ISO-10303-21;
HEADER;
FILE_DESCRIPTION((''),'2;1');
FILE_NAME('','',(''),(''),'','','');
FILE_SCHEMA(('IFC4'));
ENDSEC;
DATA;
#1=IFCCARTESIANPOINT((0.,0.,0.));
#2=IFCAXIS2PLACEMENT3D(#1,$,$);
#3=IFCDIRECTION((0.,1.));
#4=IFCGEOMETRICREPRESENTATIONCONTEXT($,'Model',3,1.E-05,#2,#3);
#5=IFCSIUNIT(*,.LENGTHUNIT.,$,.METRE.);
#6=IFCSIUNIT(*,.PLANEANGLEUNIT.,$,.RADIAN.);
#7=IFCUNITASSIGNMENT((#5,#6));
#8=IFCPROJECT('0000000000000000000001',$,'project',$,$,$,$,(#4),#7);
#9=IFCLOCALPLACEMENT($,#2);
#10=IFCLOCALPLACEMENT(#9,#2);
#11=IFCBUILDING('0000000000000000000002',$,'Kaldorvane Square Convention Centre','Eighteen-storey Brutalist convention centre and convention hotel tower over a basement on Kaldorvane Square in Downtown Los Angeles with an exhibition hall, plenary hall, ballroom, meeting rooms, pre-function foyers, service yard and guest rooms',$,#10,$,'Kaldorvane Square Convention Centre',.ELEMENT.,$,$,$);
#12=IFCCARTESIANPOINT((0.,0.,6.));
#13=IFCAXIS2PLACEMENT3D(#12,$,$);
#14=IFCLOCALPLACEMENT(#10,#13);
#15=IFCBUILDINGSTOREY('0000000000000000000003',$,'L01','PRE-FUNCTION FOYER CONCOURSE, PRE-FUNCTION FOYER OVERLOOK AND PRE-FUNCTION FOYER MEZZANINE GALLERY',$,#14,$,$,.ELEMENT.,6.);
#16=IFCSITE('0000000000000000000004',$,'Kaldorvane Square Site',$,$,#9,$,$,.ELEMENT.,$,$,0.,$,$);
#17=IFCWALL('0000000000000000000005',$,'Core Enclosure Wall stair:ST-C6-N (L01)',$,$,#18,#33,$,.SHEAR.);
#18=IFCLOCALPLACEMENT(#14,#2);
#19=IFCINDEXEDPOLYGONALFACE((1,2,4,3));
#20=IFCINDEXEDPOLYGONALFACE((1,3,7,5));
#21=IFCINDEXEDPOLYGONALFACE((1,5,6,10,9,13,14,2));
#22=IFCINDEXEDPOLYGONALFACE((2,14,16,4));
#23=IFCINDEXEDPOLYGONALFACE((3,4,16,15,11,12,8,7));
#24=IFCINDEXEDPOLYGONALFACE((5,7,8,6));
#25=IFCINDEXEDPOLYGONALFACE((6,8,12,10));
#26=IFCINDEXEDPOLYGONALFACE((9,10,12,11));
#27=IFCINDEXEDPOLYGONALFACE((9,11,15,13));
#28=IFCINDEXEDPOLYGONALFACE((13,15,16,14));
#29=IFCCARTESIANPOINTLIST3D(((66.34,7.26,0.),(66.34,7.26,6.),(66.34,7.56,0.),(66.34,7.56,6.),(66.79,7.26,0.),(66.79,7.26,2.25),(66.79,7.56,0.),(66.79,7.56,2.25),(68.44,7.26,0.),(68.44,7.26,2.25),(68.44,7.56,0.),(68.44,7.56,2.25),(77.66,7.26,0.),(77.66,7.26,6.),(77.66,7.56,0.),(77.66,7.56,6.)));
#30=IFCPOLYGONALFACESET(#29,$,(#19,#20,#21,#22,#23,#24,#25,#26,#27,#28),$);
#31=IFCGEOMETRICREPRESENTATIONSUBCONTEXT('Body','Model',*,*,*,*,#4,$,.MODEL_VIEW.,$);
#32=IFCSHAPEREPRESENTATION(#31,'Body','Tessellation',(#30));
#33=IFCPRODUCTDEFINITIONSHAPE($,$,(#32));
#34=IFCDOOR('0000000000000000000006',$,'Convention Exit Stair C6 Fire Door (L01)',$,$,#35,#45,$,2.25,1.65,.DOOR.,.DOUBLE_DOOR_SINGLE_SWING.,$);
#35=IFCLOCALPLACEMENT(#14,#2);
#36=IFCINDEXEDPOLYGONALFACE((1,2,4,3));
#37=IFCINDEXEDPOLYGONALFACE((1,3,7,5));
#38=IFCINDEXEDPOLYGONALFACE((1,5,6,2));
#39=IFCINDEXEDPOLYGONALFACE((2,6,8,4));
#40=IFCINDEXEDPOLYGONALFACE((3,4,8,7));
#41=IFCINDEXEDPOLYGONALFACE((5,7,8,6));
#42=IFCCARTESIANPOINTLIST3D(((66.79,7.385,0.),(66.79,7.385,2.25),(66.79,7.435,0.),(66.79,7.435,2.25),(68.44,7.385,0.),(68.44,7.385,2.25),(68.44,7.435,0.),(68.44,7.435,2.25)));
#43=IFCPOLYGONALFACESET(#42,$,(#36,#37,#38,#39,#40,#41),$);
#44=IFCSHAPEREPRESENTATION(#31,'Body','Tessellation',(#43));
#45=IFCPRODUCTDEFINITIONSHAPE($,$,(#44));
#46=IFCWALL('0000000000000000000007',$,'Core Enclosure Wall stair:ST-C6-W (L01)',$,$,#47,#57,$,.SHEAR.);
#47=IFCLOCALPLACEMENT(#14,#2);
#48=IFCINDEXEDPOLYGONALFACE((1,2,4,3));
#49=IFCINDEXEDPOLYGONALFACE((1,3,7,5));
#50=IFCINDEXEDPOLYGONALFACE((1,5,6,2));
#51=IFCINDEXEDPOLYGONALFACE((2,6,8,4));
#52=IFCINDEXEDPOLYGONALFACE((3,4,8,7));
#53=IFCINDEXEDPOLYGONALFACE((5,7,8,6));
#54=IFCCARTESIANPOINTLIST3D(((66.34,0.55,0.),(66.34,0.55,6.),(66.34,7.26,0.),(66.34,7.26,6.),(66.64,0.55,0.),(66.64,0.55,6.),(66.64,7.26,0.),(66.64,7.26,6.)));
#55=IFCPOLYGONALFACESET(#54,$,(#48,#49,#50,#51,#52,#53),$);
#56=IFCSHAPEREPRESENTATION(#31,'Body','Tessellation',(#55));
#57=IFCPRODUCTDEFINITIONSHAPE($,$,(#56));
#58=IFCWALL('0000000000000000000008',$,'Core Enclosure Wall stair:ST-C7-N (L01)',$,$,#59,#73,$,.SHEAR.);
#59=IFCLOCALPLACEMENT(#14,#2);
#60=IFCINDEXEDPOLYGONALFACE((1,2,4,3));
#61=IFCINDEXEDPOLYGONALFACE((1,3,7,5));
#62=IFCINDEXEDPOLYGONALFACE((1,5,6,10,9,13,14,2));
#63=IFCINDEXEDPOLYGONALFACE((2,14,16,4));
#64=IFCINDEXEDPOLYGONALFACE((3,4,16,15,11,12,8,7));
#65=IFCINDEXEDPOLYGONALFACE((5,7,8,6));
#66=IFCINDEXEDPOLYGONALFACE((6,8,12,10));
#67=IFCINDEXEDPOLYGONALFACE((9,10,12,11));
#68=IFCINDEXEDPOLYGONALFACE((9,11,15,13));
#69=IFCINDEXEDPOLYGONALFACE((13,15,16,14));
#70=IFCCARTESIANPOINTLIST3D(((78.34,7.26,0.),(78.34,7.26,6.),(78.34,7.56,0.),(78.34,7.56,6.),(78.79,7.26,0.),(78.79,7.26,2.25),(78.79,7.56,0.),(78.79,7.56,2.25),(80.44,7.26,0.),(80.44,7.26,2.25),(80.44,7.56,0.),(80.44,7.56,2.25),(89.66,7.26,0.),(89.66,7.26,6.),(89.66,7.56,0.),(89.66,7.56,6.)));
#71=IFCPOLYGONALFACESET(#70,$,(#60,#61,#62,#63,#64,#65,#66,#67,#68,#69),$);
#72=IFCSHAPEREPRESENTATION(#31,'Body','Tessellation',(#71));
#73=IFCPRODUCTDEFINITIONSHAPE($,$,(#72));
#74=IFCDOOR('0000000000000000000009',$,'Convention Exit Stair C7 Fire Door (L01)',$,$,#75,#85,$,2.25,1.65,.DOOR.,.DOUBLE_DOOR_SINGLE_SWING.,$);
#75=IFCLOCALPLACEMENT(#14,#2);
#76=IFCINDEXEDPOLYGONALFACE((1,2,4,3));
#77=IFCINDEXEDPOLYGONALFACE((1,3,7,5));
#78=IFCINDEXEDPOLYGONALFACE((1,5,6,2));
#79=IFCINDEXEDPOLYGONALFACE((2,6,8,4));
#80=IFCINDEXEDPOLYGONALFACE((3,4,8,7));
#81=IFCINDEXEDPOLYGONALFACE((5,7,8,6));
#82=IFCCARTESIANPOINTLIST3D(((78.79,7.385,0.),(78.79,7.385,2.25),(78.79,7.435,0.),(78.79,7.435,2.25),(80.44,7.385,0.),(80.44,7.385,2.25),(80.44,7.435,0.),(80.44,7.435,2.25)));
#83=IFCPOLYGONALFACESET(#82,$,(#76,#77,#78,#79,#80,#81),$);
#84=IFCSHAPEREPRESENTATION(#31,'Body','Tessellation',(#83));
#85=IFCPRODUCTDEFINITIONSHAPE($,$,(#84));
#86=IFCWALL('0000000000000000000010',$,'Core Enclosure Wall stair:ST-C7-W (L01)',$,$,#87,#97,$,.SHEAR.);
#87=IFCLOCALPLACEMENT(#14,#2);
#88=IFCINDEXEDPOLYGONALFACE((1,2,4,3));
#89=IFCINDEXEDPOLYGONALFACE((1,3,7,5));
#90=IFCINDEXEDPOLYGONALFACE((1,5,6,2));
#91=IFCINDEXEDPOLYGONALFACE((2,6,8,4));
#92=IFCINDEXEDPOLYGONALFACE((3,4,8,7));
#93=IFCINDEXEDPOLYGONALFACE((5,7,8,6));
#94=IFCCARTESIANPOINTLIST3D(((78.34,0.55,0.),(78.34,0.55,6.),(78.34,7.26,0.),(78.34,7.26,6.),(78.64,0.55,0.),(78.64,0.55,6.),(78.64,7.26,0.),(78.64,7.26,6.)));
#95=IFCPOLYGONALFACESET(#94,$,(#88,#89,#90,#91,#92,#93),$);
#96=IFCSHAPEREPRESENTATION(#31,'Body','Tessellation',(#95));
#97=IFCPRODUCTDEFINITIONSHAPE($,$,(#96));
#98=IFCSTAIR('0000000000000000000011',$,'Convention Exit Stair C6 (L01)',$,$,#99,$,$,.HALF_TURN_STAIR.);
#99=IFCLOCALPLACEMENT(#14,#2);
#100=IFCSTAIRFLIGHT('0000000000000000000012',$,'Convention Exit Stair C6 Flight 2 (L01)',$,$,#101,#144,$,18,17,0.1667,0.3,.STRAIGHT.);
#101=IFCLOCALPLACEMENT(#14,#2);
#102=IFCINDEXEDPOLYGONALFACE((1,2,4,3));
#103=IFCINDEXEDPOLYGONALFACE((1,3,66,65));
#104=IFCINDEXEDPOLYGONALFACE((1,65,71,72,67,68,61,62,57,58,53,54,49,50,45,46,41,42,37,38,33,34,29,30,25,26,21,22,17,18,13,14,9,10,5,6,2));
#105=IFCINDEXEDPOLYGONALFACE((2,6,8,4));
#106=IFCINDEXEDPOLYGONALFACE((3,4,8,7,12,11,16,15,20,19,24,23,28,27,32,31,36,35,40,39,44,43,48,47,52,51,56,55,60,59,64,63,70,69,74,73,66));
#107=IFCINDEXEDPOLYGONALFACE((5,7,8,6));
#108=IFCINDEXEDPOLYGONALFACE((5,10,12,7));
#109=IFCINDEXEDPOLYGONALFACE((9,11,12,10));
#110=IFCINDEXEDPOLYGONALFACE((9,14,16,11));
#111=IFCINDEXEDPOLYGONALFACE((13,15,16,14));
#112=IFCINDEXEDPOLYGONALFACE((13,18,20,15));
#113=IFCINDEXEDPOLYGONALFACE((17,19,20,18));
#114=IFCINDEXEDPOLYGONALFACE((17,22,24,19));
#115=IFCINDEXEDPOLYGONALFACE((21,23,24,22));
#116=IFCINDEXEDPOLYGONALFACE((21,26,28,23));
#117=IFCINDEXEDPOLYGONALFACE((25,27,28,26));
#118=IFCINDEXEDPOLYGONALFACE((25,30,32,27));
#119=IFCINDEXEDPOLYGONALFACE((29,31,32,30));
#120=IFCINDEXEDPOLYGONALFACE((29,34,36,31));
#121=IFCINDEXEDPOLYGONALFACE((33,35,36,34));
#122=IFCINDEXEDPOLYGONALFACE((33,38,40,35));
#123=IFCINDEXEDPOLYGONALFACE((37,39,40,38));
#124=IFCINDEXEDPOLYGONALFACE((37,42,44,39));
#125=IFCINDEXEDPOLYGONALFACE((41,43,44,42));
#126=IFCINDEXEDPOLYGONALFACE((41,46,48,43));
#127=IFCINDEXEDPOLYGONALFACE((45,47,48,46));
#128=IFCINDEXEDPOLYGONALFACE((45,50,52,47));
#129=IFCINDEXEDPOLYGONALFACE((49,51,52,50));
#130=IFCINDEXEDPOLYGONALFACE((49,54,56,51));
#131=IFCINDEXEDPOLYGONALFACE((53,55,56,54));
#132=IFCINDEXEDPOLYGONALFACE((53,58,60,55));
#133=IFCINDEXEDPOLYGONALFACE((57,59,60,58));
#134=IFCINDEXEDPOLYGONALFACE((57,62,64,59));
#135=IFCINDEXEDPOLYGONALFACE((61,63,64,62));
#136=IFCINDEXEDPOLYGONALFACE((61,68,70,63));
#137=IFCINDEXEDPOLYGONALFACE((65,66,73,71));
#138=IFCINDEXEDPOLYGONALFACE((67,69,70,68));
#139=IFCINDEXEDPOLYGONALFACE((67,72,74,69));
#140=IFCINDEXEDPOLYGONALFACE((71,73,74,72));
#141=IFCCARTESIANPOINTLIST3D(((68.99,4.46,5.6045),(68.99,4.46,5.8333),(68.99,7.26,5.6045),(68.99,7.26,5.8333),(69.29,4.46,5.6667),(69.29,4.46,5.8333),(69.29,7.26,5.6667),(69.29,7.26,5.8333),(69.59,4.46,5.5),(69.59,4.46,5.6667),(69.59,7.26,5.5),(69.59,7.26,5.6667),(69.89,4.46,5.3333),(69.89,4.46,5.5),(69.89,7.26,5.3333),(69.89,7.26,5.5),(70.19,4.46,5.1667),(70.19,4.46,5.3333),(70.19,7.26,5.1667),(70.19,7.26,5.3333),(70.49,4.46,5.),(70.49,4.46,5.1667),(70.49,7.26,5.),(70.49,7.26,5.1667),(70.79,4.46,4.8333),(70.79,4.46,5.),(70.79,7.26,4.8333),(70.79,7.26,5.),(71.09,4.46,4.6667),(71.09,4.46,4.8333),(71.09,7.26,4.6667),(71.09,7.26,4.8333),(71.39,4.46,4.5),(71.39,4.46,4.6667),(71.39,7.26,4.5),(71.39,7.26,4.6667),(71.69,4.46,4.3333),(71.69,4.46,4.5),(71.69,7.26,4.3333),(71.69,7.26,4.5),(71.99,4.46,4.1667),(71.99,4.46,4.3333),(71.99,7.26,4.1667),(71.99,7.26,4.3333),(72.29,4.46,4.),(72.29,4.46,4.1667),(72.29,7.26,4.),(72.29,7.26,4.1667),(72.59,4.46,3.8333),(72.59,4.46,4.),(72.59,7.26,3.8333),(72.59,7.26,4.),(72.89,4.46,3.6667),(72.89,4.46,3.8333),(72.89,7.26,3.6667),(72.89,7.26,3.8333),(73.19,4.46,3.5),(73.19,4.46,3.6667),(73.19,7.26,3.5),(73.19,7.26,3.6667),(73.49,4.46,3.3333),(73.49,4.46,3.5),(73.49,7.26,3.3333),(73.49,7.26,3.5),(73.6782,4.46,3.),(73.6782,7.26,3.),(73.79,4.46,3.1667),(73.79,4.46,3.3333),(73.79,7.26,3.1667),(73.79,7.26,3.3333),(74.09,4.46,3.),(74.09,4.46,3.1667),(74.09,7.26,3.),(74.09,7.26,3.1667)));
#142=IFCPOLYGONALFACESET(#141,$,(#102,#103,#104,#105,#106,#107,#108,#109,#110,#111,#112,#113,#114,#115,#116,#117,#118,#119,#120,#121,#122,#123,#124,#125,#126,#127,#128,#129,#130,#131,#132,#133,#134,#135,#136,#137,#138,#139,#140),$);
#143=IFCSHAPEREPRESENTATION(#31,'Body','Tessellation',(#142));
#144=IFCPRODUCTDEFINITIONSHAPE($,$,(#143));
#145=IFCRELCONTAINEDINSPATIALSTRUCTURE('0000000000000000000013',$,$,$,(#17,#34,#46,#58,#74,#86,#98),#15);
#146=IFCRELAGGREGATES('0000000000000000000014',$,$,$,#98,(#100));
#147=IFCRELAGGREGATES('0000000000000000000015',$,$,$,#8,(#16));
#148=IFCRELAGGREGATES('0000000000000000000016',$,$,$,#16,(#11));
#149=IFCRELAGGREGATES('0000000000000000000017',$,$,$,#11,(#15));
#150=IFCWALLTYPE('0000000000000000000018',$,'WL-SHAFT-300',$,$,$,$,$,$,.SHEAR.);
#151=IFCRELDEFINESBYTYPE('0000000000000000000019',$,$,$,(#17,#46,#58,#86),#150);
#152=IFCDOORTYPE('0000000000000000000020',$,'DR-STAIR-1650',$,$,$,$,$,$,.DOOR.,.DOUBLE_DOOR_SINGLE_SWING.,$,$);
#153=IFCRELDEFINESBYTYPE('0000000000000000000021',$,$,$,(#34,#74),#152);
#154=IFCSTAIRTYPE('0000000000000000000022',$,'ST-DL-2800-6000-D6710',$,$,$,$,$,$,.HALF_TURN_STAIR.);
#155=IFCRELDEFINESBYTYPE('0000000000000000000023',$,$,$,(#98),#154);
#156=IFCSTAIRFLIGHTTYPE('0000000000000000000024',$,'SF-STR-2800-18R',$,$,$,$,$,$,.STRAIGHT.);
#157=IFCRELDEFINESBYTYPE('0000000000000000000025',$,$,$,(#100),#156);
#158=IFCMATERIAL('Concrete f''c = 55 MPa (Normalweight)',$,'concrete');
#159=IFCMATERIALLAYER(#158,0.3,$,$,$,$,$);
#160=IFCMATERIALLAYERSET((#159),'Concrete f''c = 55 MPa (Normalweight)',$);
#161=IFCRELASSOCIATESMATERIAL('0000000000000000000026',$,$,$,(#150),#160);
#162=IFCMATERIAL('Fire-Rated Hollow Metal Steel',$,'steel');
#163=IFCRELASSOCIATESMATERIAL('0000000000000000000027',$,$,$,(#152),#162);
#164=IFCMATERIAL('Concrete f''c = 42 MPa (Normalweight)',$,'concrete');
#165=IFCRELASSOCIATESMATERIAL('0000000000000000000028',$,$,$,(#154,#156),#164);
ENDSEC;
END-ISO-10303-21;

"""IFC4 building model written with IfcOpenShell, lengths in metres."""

from ifc_helpers import new_model, si_unit, direction, frame, frame_2d, origin, place, context, subcontext, project, spatial, polyline, rectangle, outline, extrude, material, layer, layer_set, type_object, element, fill, aggregate, save


model = new_model("IFC4")

# Units and contexts
model_context = context("Model", 3, precision=1e-05, world=origin(), true_north=direction((0.0, 1.0)))
body_context = subcontext(model_context, "Body", "Model", "MODEL_VIEW")
ifc_project = project(units=[si_unit("LENGTHUNIT", "METRE"), si_unit("PLANEANGLEUNIT", "RADIAN")], contexts=[model_context])

# Site, building, storey
site_placement = place(None, origin())
site = spatial("IfcSite", under=ifc_project, at=site_placement, Name="Kaldorvane Square Site", CompositionType="ELEMENT", RefElevation=0.0)
building_placement = place(site_placement, origin())
building = spatial("IfcBuilding", under=site, at=building_placement, Name="Kaldorvane Square Convention Centre", Description="Eighteen-storey Brutalist convention centre and convention hotel tower over a basement on Kaldorvane Square in Downtown Los Angeles with an exhibition hall, plenary hall, ballroom, meeting rooms, pre-function foyers, service yard and guest rooms", LongName="Kaldorvane Square Convention Centre", CompositionType="ELEMENT")
storey_placement = place(building_placement, frame((0.0, 0.0, 6.0)))
storey = spatial("IfcBuildingStorey", under=building, at=storey_placement, Name="L01", Description="PRE-FUNCTION FOYER CONCOURSE, PRE-FUNCTION FOYER OVERLOOK AND PRE-FUNCTION FOYER MEZZANINE GALLERY", CompositionType="ELEMENT", Elevation=6.0)

# Shared definitions
ifc_material_1 = material(Name="Concrete f'c = 55 MPa (Normalweight)", Category="concrete")

# Wall, opening, door
ifc_layer = layer(ifc_material_1, 0.3)
ifc_layer_set = layer_set([ifc_layer], Name="Concrete f'c = 55 MPa (Normalweight)")
wall_type = type_object("IfcWallType", Name="WL-SHAFT-300", PredefinedType="SHEAR", material=ifc_layer_set)
wall_1_placement = place(storey_placement, frame((77.66, 7.41, 0.0), z_axis=(0.0, 0.0, 1.0), x_axis=(-1.0, 0.0, 0.0)))
wall_1 = element("IfcWall", 1, at=wall_1_placement, inside=storey, type_object=wall_type, Name="Core Enclosure Wall stair:ST-C6-N (L01)", PredefinedType="SHEAR", context=body_context, shape_type="SweptSolid", body=[
    extrude(rectangle(XDim=11.32, YDim=0.3, at=frame_2d((5.66, 0.0))), origin(), (0.0, 0.0, 1.0), 6.0),
])
opening_1_placement = place(wall_1_placement, frame((9.22, 0.0, 0.0)))
opening_1 = element("IfcOpeningElement", 2, at=opening_1_placement, cuts=wall_1, PredefinedType="OPENING", context=body_context, shape_type="SweptSolid", body=[
    extrude(rectangle(XDim=1.65, YDim=2.25, at=frame_2d((0.825, 1.125))), frame((0.0, 0.165, 0.0), z_axis=(0.0, -1.0, 0.0), x_axis=(1.0, 0.0, 0.0)), (0.0, 0.0, 1.0), 0.33),
])
ifc_material_2 = material(Name="Fire-Rated Hollow Metal Steel", Category="steel")
door_type = type_object("IfcDoorType", Name="DR-STAIR-1650", OperationType="DOUBLE_DOOR_SINGLE_SWING", PredefinedType="DOOR", material=ifc_material_2)
door_1_placement = place(opening_1_placement, origin())
door_1 = element("IfcDoor", 3, at=door_1_placement, inside=storey, type_object=door_type, Name="Convention Exit Stair C6 Fire Door (L01)", OperationType="DOUBLE_DOOR_SINGLE_SWING", OverallHeight=2.25, OverallWidth=1.65, PredefinedType="DOOR", context=body_context, shape_type="SweptSolid", body=[
    extrude(rectangle(XDim=1.65, YDim=2.25, at=frame_2d((0.825, 1.125))), frame((0.0, 0.025, 0.0), z_axis=(0.0, -1.0, 0.0), x_axis=(1.0, 0.0, 0.0)), (0.0, 0.0, 1.0), 0.05),
])
fill(opening_1, door_1)

# Wall
wall_2_placement = place(storey_placement, frame((66.49, 7.26, 0.0), z_axis=(0.0, 0.0, 1.0), x_axis=(0.0, -1.0, 0.0)))
element("IfcWall", 4, at=wall_2_placement, inside=storey, type_object=wall_type, Name="Core Enclosure Wall stair:ST-C6-W (L01)", PredefinedType="SHEAR", context=body_context, shape_type="SweptSolid", body=[
    extrude(rectangle(XDim=6.71, YDim=0.3, at=frame_2d((3.355, 0.0))), origin(), (0.0, 0.0, 1.0), 6.0),
])

# Wall, opening, door
wall_3_placement = place(storey_placement, frame((89.66, 7.41, 0.0), z_axis=(0.0, 0.0, 1.0), x_axis=(-1.0, 0.0, 0.0)))
wall_3 = element("IfcWall", 5, at=wall_3_placement, inside=storey, type_object=wall_type, Name="Core Enclosure Wall stair:ST-C7-N (L01)", PredefinedType="SHEAR", context=body_context, shape_type="SweptSolid", body=[
    extrude(rectangle(XDim=11.32, YDim=0.3, at=frame_2d((5.66, 0.0))), origin(), (0.0, 0.0, 1.0), 6.0),
])
opening_2_placement = place(wall_3_placement, frame((9.22, 0.0, 0.0)))
opening_2 = element("IfcOpeningElement", 6, at=opening_2_placement, cuts=wall_3, PredefinedType="OPENING", context=body_context, shape_type="SweptSolid", body=[
    extrude(rectangle(XDim=1.65, YDim=2.25, at=frame_2d((0.825, 1.125))), frame((0.0, 0.165, 0.0), z_axis=(0.0, -1.0, 0.0), x_axis=(1.0, 0.0, 0.0)), (0.0, 0.0, 1.0), 0.33),
])
door_2_placement = place(opening_2_placement, origin())
door_2 = element("IfcDoor", 7, at=door_2_placement, inside=storey, type_object=door_type, Name="Convention Exit Stair C7 Fire Door (L01)", OperationType="DOUBLE_DOOR_SINGLE_SWING", OverallHeight=2.25, OverallWidth=1.65, PredefinedType="DOOR", context=body_context, shape_type="SweptSolid", body=[
    extrude(rectangle(XDim=1.65, YDim=2.25, at=frame_2d((0.825, 1.125))), frame((0.0, 0.025, 0.0), z_axis=(0.0, -1.0, 0.0), x_axis=(1.0, 0.0, 0.0)), (0.0, 0.0, 1.0), 0.05),
])
fill(opening_2, door_2)

# Wall
wall_4_placement = place(storey_placement, frame((78.49, 7.26, 0.0), z_axis=(0.0, 0.0, 1.0), x_axis=(0.0, -1.0, 0.0)))
element("IfcWall", 8, at=wall_4_placement, inside=storey, type_object=wall_type, Name="Core Enclosure Wall stair:ST-C7-W (L01)", PredefinedType="SHEAR", context=body_context, shape_type="SweptSolid", body=[
    extrude(rectangle(XDim=6.71, YDim=0.3, at=frame_2d((3.355, 0.0))), origin(), (0.0, 0.0, 1.0), 6.0),
])

# Stair, stair flight
ifc_material_3 = material(Name="Concrete f'c = 42 MPa (Normalweight)", Category="concrete")
stair_type = type_object("IfcStairType", Name="ST-DL-2800-6000-D6710", PredefinedType="HALF_TURN_STAIR", material=ifc_material_3)
stair_1_placement = place(storey_placement, origin())
stair_1 = element("IfcStair", 9, at=stair_1_placement, inside=storey, type_object=stair_type, Name="Convention Exit Stair C6 (L01)", PredefinedType="HALF_TURN_STAIR")
stair_flight_type = type_object("IfcStairFlightType", Name="SF-STR-2800-18R", PredefinedType="STRAIGHT", material=ifc_material_3)
stair_flight_1_placement = place(storey_placement, frame((74.09, 5.86, 3.0), z_axis=(0.0, 0.0, 1.0), x_axis=(-1.0, 0.0, 0.0)))
stair_flight_1 = element("IfcStairFlight", 10, at=stair_flight_1_placement, type_object=stair_flight_type, Name="Convention Exit Stair C6 Flight 2 (L01)", NumberOfRisers=18, NumberOfTreads=17, PredefinedType="STRAIGHT", RiserHeight=0.1667, TreadLength=0.3, context=body_context, shape_type="SweptSolid", body=[
    extrude(outline(polyline([(0.0, 0.0), (0.0, 0.1667), (0.3, 0.1667), (0.3, 0.3333), (0.6, 0.3333), (0.6, 0.5), (0.9, 0.5), (0.9, 0.6667), (1.2, 0.6667), (1.2, 0.8333), (1.5, 0.8333), (1.5, 1.0), (1.8, 1.0), (1.8, 1.1667), (2.1, 1.1667), (2.1, 1.3333), (2.4, 1.3333), (2.4, 1.5), (2.7, 1.5), (2.7, 1.6667), (3.0, 1.6667), (3.0, 1.8333), (3.3, 1.8333), (3.3, 2.0), (3.6, 2.0), (3.6, 2.1667), (3.9, 2.1667), (3.9, 2.3333), (4.2, 2.3333), (4.2, 2.5), (4.5, 2.5), (4.5, 2.6667), (4.8, 2.6667), (4.8, 2.8333), (5.1, 2.8333), (5.1, 3.0), (5.1, 2.6045), (0.4118, 0.0), (0.0, 0.0)])), frame((0.0, 1.4, 0.0), z_axis=(0.0, -1.0, 0.0), x_axis=(1.0, 0.0, 0.0)), (0.0, 0.0, 1.0), 2.8),
])
aggregate(stair_1, [stair_flight_1])

save(model, "model.ifc")
